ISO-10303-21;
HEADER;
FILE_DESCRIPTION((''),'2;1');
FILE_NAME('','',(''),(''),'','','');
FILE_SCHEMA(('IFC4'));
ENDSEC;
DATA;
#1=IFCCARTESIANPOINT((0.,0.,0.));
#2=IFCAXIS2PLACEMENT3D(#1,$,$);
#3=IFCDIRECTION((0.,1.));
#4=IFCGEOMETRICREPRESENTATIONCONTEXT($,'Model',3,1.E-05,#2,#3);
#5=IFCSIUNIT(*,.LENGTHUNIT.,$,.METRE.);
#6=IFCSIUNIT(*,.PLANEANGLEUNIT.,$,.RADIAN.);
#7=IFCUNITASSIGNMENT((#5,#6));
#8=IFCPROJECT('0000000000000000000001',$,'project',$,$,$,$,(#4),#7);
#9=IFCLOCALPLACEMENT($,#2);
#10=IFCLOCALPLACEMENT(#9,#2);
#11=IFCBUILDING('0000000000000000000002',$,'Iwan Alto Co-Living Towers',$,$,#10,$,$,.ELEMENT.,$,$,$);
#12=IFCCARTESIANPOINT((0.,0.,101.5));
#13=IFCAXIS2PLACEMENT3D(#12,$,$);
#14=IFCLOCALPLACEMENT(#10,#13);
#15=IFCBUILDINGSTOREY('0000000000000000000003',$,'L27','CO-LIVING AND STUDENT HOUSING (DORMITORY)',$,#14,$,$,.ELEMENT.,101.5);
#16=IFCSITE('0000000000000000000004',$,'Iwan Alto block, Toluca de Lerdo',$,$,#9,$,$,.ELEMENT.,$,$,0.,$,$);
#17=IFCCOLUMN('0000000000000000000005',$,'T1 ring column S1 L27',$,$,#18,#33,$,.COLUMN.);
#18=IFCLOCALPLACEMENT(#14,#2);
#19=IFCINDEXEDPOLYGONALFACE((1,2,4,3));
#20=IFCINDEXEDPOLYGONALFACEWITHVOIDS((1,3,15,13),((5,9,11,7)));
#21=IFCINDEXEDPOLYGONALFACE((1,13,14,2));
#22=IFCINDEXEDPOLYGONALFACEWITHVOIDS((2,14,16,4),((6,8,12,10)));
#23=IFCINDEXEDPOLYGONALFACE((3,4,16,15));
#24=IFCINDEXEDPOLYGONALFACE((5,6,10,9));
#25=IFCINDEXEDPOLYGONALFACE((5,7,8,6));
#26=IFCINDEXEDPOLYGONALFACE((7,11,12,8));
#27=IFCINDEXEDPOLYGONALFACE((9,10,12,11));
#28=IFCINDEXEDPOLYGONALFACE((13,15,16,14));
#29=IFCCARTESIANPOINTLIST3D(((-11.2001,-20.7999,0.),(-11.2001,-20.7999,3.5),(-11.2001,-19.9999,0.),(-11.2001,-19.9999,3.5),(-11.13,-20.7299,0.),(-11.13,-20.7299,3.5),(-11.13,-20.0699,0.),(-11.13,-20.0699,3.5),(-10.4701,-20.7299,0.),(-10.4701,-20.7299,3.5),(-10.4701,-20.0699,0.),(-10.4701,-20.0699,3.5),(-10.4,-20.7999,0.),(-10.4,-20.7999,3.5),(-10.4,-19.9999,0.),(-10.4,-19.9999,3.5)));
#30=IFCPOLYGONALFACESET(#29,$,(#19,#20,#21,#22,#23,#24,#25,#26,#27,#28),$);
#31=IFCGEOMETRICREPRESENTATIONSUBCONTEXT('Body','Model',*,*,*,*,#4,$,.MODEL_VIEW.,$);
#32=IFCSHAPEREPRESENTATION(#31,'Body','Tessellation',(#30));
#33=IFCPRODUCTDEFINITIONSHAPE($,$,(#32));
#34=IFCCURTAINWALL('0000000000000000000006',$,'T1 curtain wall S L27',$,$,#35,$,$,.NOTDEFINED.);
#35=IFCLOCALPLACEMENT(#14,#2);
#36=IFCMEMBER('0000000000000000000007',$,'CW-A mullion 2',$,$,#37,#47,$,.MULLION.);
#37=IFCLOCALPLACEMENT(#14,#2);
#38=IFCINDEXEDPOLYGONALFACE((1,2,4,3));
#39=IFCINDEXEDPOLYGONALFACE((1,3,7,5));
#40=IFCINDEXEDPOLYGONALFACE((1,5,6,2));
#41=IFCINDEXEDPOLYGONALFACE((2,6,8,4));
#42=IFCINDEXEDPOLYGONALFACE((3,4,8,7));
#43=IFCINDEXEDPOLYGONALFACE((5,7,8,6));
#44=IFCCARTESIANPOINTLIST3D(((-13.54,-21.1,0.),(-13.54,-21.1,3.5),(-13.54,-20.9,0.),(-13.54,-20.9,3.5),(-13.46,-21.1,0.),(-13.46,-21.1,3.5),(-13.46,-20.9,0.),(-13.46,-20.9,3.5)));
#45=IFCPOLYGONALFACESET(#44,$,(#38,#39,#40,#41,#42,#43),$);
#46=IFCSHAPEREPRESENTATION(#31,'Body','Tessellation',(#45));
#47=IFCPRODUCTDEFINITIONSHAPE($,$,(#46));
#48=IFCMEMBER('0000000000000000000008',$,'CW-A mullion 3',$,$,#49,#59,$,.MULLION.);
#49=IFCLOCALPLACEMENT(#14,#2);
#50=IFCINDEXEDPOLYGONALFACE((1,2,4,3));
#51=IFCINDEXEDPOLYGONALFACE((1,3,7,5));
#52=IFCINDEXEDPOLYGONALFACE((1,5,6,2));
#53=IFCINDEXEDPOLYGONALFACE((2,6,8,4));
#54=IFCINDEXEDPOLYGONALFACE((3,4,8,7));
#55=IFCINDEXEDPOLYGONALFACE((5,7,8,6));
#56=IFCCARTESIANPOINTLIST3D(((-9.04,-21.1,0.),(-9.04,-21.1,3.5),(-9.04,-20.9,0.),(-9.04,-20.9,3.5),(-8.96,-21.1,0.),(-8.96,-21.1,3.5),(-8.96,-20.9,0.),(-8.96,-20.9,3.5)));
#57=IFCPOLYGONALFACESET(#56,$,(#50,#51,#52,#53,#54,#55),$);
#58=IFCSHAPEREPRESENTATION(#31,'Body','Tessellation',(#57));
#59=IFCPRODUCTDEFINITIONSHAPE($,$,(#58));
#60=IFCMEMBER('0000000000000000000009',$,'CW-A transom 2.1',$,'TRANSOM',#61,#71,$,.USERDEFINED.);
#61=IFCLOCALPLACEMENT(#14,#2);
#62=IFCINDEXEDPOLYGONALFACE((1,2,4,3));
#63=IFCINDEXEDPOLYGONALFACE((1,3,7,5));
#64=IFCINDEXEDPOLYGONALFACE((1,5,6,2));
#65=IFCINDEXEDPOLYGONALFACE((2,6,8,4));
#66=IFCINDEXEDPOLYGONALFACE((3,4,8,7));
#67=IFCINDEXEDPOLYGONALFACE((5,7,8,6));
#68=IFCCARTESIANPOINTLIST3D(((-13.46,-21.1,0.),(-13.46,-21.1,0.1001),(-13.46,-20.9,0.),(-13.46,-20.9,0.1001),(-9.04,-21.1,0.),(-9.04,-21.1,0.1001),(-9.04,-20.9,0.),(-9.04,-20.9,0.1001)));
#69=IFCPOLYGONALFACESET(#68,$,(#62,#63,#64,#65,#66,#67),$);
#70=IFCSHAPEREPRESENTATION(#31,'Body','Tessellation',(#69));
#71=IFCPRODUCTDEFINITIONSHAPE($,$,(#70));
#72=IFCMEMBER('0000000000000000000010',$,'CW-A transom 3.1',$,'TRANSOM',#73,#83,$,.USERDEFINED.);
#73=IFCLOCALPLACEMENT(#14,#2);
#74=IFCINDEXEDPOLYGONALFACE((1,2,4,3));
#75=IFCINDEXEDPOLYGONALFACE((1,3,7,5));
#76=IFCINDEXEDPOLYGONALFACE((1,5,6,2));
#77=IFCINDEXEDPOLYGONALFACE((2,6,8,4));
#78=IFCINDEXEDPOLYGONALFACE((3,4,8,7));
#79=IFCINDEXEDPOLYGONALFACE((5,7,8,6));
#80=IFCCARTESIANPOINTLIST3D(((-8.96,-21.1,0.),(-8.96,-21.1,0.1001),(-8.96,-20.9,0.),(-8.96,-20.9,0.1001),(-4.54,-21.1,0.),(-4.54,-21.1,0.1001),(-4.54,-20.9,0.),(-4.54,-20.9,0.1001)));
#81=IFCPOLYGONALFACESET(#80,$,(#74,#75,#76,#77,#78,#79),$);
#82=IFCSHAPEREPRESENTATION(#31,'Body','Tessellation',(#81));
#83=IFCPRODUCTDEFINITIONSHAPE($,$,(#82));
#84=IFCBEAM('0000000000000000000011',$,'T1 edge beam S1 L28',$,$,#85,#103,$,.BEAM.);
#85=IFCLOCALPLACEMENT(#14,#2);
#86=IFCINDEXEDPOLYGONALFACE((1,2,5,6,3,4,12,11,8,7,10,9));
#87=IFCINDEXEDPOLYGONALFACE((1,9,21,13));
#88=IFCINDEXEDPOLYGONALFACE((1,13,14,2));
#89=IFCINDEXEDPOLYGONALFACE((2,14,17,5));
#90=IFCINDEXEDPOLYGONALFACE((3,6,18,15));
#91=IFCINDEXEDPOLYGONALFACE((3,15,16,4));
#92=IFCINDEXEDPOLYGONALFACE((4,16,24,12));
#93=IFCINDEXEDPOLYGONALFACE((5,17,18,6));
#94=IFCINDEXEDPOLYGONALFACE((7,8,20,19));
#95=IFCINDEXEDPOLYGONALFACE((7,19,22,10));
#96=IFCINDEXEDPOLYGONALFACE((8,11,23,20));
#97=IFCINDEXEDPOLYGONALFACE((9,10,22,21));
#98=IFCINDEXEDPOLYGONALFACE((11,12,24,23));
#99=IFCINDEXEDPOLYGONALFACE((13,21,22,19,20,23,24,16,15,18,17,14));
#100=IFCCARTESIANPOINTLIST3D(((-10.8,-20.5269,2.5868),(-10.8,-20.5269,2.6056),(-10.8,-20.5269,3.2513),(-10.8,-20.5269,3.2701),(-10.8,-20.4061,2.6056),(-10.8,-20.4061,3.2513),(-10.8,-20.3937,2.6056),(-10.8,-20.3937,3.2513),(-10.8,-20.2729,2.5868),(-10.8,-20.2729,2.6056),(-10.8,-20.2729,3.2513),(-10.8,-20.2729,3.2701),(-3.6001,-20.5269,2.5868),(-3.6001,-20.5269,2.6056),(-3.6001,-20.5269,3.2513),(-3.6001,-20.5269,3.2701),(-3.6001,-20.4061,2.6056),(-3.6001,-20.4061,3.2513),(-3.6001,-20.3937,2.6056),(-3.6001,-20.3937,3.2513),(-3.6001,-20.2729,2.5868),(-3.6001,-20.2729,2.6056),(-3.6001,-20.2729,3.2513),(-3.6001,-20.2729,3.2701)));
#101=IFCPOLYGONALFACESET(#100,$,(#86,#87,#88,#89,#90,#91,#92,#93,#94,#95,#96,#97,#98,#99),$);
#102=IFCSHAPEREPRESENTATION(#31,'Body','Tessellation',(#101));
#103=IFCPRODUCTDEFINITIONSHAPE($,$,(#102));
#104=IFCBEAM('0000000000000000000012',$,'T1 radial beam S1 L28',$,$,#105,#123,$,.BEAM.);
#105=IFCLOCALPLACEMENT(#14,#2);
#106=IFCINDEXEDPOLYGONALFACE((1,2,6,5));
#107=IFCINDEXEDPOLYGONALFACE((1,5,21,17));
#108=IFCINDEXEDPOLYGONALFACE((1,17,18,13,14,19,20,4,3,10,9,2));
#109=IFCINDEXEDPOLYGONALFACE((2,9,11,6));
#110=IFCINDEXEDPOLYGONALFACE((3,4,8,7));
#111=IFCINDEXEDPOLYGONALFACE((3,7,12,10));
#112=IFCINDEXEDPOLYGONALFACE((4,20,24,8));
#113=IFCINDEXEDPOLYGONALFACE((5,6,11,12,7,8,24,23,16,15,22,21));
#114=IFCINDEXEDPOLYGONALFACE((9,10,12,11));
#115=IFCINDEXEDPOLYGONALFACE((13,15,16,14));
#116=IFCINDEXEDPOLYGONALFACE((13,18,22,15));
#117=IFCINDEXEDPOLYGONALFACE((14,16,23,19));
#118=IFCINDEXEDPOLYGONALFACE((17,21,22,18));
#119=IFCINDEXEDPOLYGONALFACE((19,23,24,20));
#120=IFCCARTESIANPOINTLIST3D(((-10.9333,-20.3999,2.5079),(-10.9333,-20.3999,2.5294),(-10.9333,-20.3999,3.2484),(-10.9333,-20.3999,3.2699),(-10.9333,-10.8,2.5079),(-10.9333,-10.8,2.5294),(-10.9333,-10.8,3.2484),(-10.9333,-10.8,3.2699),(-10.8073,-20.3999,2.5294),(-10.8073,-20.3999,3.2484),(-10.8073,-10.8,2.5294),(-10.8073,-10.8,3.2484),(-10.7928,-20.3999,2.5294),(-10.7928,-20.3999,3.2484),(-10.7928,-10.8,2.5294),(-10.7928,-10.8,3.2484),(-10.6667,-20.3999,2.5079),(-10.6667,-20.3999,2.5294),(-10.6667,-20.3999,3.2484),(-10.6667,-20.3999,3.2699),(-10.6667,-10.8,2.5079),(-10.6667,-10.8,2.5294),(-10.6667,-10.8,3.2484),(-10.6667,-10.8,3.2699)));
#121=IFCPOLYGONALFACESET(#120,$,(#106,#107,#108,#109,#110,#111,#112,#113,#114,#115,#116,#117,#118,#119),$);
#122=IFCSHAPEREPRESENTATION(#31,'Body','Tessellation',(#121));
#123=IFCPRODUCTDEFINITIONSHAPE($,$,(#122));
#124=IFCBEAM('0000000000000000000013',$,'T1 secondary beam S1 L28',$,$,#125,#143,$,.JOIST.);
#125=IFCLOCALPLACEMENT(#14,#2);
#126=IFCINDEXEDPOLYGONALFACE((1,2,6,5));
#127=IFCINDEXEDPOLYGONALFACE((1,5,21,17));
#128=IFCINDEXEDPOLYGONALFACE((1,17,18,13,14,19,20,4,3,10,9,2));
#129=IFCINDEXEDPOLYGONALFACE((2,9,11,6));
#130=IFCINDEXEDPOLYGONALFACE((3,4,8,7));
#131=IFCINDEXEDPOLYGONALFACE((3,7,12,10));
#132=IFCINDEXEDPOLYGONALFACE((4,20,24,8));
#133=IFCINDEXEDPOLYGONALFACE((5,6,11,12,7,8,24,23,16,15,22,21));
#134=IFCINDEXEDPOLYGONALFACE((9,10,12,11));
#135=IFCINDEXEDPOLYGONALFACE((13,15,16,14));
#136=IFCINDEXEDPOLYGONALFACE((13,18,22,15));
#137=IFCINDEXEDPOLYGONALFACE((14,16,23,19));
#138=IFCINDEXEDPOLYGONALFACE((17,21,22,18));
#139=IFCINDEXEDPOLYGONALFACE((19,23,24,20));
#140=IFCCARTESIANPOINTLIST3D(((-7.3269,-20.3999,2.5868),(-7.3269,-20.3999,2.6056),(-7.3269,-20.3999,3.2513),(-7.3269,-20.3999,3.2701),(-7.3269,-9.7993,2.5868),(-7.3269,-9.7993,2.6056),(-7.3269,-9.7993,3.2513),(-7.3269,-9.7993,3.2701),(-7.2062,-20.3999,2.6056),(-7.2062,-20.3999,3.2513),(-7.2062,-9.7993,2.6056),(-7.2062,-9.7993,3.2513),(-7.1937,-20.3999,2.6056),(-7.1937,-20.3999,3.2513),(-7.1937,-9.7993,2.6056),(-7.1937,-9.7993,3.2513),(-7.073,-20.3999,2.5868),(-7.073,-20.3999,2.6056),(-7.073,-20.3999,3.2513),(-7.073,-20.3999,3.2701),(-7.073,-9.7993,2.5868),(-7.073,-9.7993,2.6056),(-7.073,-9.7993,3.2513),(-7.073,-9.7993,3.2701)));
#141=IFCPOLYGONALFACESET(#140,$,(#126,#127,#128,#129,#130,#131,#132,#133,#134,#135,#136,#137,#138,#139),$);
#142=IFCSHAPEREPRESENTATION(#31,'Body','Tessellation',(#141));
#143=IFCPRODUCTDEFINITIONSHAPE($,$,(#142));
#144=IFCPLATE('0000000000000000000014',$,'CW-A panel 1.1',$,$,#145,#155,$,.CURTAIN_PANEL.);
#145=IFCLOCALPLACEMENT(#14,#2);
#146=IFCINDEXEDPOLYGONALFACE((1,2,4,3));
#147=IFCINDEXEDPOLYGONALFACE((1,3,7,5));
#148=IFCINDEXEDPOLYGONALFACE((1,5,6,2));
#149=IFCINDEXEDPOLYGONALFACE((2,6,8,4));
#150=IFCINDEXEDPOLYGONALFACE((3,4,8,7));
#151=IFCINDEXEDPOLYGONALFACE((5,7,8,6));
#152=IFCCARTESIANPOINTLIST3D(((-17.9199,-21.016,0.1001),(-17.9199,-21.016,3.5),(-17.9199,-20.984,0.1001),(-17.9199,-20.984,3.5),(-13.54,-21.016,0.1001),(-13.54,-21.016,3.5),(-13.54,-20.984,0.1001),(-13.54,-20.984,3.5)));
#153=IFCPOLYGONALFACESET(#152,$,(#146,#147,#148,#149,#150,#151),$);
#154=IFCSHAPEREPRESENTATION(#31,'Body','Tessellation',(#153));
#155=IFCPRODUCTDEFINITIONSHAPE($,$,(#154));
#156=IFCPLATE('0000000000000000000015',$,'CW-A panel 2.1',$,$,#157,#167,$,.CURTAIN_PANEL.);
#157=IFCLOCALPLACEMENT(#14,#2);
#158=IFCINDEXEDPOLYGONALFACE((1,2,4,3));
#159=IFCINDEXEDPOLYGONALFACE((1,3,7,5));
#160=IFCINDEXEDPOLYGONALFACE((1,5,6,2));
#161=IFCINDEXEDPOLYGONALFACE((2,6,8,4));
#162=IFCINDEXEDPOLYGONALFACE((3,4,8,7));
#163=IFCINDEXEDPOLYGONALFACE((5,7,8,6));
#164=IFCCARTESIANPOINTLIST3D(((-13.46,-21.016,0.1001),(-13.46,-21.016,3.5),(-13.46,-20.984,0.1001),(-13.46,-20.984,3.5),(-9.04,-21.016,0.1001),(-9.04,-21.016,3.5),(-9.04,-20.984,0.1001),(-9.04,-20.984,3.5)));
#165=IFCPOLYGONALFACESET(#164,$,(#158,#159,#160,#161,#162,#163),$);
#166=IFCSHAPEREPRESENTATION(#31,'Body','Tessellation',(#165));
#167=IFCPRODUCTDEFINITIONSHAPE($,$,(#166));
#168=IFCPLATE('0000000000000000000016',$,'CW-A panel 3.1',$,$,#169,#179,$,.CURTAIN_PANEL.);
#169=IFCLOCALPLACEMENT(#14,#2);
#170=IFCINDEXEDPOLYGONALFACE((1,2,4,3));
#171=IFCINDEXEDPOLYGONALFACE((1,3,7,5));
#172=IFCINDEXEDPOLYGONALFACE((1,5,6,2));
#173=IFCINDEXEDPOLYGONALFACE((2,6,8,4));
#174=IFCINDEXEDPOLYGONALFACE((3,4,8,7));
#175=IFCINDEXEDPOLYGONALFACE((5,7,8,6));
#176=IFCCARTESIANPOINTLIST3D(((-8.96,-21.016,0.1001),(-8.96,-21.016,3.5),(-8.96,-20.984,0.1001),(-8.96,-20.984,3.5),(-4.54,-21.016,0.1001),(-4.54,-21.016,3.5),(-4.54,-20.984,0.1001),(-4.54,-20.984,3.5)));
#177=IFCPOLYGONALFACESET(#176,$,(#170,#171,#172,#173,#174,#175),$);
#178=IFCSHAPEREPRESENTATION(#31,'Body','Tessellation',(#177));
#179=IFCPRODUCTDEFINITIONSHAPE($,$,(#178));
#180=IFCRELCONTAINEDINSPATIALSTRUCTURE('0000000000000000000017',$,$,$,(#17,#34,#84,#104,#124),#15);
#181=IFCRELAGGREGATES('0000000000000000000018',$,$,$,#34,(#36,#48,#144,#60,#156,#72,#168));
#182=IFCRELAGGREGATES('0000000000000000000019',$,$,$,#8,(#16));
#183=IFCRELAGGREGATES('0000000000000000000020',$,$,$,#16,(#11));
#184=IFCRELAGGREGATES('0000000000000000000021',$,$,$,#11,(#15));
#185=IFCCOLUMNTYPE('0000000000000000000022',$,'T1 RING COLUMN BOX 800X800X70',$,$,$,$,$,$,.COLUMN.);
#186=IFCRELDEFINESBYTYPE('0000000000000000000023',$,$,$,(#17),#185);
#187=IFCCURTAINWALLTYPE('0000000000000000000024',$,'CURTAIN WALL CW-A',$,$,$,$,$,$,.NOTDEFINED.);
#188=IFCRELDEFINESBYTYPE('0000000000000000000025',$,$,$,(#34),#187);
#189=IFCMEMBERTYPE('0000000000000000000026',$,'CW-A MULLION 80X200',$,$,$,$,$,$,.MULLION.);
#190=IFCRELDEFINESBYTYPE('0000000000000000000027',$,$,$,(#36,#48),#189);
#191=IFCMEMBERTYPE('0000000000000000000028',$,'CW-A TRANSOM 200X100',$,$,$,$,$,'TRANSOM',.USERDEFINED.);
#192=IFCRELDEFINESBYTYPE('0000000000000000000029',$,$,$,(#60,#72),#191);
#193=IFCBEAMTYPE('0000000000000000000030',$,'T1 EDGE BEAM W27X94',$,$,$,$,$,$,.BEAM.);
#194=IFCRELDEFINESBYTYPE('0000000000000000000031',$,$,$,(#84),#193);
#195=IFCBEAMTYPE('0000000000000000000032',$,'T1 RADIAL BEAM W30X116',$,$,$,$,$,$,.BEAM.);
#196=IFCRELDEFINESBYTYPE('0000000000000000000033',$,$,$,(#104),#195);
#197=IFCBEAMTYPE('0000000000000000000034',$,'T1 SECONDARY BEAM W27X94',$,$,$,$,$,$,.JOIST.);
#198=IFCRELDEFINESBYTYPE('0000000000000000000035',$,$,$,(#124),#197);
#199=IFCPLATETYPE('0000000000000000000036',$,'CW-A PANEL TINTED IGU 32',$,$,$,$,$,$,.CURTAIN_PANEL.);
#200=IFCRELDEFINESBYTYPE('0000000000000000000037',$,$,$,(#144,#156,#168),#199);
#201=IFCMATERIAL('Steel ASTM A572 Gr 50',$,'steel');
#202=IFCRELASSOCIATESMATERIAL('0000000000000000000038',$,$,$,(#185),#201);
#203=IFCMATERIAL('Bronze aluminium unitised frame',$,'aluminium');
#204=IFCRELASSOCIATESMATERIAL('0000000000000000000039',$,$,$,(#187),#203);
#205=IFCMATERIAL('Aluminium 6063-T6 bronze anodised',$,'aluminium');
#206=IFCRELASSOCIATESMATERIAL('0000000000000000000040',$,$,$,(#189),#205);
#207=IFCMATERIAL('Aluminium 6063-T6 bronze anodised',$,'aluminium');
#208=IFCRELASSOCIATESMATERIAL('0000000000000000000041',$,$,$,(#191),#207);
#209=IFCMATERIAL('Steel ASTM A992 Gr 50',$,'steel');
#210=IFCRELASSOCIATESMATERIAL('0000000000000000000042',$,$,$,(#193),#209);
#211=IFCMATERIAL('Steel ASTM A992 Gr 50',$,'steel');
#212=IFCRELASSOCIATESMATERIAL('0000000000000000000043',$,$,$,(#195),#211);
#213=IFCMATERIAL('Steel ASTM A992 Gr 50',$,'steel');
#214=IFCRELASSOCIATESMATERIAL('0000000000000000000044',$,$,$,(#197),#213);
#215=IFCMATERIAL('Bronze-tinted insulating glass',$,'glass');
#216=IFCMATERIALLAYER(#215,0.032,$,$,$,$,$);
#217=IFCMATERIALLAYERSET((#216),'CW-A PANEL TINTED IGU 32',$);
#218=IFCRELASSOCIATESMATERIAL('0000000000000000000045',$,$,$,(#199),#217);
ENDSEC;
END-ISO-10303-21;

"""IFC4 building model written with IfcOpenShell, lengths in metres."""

from ifc_helpers import new_model, si_unit, direction, frame, origin, origin_2d, place, context, subcontext, project, spatial, rectangle, hollow_rectangle, i_section, extrude, material, layer, layer_set, material_profile, profile_set, type_object, element, aggregate, save


model = new_model("IFC4")

# Units and contexts
model_context = context("Model", 3, precision=1e-05, world=origin(), true_north=direction((0.0, 1.0)))
body_context = subcontext(model_context, "Body", "Model", "MODEL_VIEW")
ifc_project = project(units=[si_unit("LENGTHUNIT", "METRE"), si_unit("PLANEANGLEUNIT", "RADIAN")], contexts=[model_context])

# Site, building, storey
site_placement = place(None, origin())
site = spatial("IfcSite", under=ifc_project, at=site_placement, Name="Iwan Alto block, Toluca de Lerdo", CompositionType="ELEMENT", RefElevation=0.0)
building_placement = place(site_placement, origin())
building = spatial("IfcBuilding", under=site, at=building_placement, Name="Iwan Alto Co-Living Towers", CompositionType="ELEMENT")
storey_placement = place(building_placement, frame((0.0, 0.0, 101.5)))
storey = spatial("IfcBuildingStorey", under=building, at=storey_placement, Name="L27", Description="CO-LIVING AND STUDENT HOUSING (DORMITORY)", CompositionType="ELEMENT", Elevation=101.5)

# Column
ifc_material_1 = material(Name="Steel ASTM A572 Gr 50", Category="steel")
ifc_material_profile_1 = material_profile(ifc_material_1, hollow_rectangle(XDim=0.8, YDim=0.8, WallThickness=0.0701, at=origin_2d()), Name="BOX 800X800X70")
ifc_profile_set_1 = profile_set([ifc_material_profile_1], Name="Steel ASTM A572 Gr 50")
column_type = type_object("IfcColumnType", Name="T1 RING COLUMN BOX 800X800X70", PredefinedType="COLUMN", material=ifc_profile_set_1)
column_placement = place(storey_placement, frame((-10.8, -20.3999, 0.0), z_axis=(0.0, 0.0, 1.0), x_axis=(1.0, 0.0, 0.0)))
element("IfcColumn", 1, at=column_placement, inside=storey, type_object=column_type, Name="T1 ring column S1 L27", PredefinedType="COLUMN", context=body_context, shape_type="SweptSolid", body=[
    extrude(hollow_rectangle(XDim=0.8, YDim=0.8, WallThickness=0.0701, at=origin_2d()), origin(), (0.0, 0.0, 1.0), 3.5),
])

# Curtain wall, members
ifc_material_2 = material(Name="Bronze aluminium unitised frame", Category="aluminium")
curtain_wall_type = type_object("IfcCurtainWallType", Name="CURTAIN WALL CW-A", PredefinedType="NOTDEFINED", material=ifc_material_2)
curtain_wall_placement = place(storey_placement, origin())
curtain_wall = element("IfcCurtainWall", 2, at=curtain_wall_placement, inside=storey, type_object=curtain_wall_type, Name="T1 curtain wall S L27", PredefinedType="NOTDEFINED")
ifc_material_3 = material(Name="Aluminium 6063-T6 bronze anodised", Category="aluminium")
ifc_material_profile_2 = material_profile(ifc_material_3, rectangle(XDim=0.2, YDim=0.0801, at=origin_2d()), Name="AL 80X200")
ifc_profile_set_2 = profile_set([ifc_material_profile_2], Name="Aluminium 6063-T6 bronze anodised")
member_type_1 = type_object("IfcMemberType", Name="CW-A MULLION 80X200", PredefinedType="MULLION", material=ifc_profile_set_2)
member_1_placement = place(storey_placement, frame((-13.5, -21.0, 0.0), z_axis=(0.0, 0.0, 1.0), x_axis=(0.0, 1.0, 0.0)))
member_1 = element("IfcMember", 3, at=member_1_placement, type_object=member_type_1, Name="CW-A mullion 2", PredefinedType="MULLION", context=body_context, shape_type="SweptSolid", body=[
    extrude(rectangle(XDim=0.2, YDim=0.0801, at=origin_2d()), origin(), (0.0, 0.0, 1.0), 3.5),
])
member_2_placement = place(storey_placement, frame((-9.0, -21.0, 0.0), z_axis=(0.0, 0.0, 1.0), x_axis=(0.0, 1.0, 0.0)))
member_2 = element("IfcMember", 4, at=member_2_placement, type_object=member_type_1, Name="CW-A mullion 3", PredefinedType="MULLION", context=body_context, shape_type="SweptSolid", body=[
    extrude(rectangle(XDim=0.2, YDim=0.0801, at=origin_2d()), origin(), (0.0, 0.0, 1.0), 3.5),
])
ifc_material_4 = material(Name="Aluminium 6063-T6 bronze anodised", Category="aluminium")
ifc_material_profile_3 = material_profile(ifc_material_4, rectangle(XDim=0.2, YDim=0.1001, at=origin_2d()), Name="AL 200X100")
ifc_profile_set_3 = profile_set([ifc_material_profile_3], Name="Aluminium 6063-T6 bronze anodised")
member_type_2 = type_object("IfcMemberType", Name="CW-A TRANSOM 200X100", ElementType="TRANSOM", PredefinedType="USERDEFINED", material=ifc_profile_set_3)
member_3_placement = place(storey_placement, frame((-13.46, -21.0, 0.05), z_axis=(1.0, 0.0, 0.0), x_axis=(0.0, 1.0, 0.0)))
member_3 = element("IfcMember", 5, at=member_3_placement, type_object=member_type_2, Name="CW-A transom 2.1", ObjectType="TRANSOM", PredefinedType="USERDEFINED", context=body_context, shape_type="SweptSolid", body=[
    extrude(rectangle(XDim=0.2, YDim=0.1001, at=origin_2d()), origin(), (0.0, 0.0, 1.0), 4.4199),
])
member_4_placement = place(storey_placement, frame((-8.96, -21.0, 0.05), z_axis=(1.0, 0.0, 0.0), x_axis=(0.0, 1.0, 0.0)))
member_4 = element("IfcMember", 6, at=member_4_placement, type_object=member_type_2, Name="CW-A transom 3.1", ObjectType="TRANSOM", PredefinedType="USERDEFINED", context=body_context, shape_type="SweptSolid", body=[
    extrude(rectangle(XDim=0.2, YDim=0.1001, at=origin_2d()), origin(), (0.0, 0.0, 1.0), 4.4199),
])

# Beams
ifc_material_5 = material(Name="Steel ASTM A992 Gr 50", Category="steel")
ifc_material_profile_4 = material_profile(ifc_material_5, i_section(OverallWidth=0.2539, OverallDepth=0.6833, WebThickness=0.0125, FlangeThickness=0.0188, at=origin_2d()), Name="W27X94")
ifc_profile_set_4 = profile_set([ifc_material_profile_4], Name="Steel ASTM A992 Gr 50")
beam_type_1 = type_object("IfcBeamType", Name="T1 EDGE BEAM W27X94", PredefinedType="BEAM", material=ifc_profile_set_4)
beam_1_placement = place(storey_placement, frame((-10.8, -20.3999, 2.9285), z_axis=(1.0, 0.0, 0.0), x_axis=(0.0, 1.0, 0.0)))
element("IfcBeam", 7, at=beam_1_placement, inside=storey, type_object=beam_type_1, Name="T1 edge beam S1 L28", PredefinedType="BEAM", context=body_context, shape_type="SweptSolid", body=[
    extrude(i_section(OverallWidth=0.2539, OverallDepth=0.6833, WebThickness=0.0125, FlangeThickness=0.0188, at=origin_2d()), origin(), (0.0, 0.0, 1.0), 7.2),
])
ifc_material_6 = material(Name="Steel ASTM A992 Gr 50", Category="steel")
ifc_material_profile_5 = material_profile(ifc_material_6, i_section(OverallWidth=0.2666, OverallDepth=0.762, WebThickness=0.0144, FlangeThickness=0.0215, at=origin_2d()), Name="W30X116")
ifc_profile_set_5 = profile_set([ifc_material_profile_5], Name="Steel ASTM A992 Gr 50")
beam_type_2 = type_object("IfcBeamType", Name="T1 RADIAL BEAM W30X116", PredefinedType="BEAM", material=ifc_profile_set_5)
beam_2_placement = place(storey_placement, frame((-10.8, -20.3999, 2.8889), z_axis=(0.0, 1.0, 0.0), x_axis=(-1.0, 0.0, 0.0)))
element("IfcBeam", 8, at=beam_2_placement, inside=storey, type_object=beam_type_2, Name="T1 radial beam S1 L28", PredefinedType="BEAM", context=body_context, shape_type="SweptSolid", body=[
    extrude(i_section(OverallWidth=0.2666, OverallDepth=0.762, WebThickness=0.0144, FlangeThickness=0.0215, at=origin_2d()), origin(), (0.0, 0.0, 1.0), 9.5999),
])
ifc_material_7 = material(Name="Steel ASTM A992 Gr 50", Category="steel")
ifc_material_profile_6 = material_profile(ifc_material_7, i_section(OverallWidth=0.2539, OverallDepth=0.6833, WebThickness=0.0125, FlangeThickness=0.0188, at=origin_2d()), Name="W27X94")
ifc_profile_set_6 = profile_set([ifc_material_profile_6], Name="Steel ASTM A992 Gr 50")
beam_type_3 = type_object("IfcBeamType", Name="T1 SECONDARY BEAM W27X94", PredefinedType="JOIST", material=ifc_profile_set_6)
beam_3_placement = place(storey_placement, frame((-7.2, -20.3999, 2.9285), z_axis=(0.0, 1.0, 0.0), x_axis=(-1.0, 0.0, 0.0)))
element("IfcBeam", 9, at=beam_3_placement, inside=storey, type_object=beam_type_3, Name="T1 secondary beam S1 L28", PredefinedType="JOIST", context=body_context, shape_type="SweptSolid", body=[
    extrude(i_section(OverallWidth=0.2539, OverallDepth=0.6833, WebThickness=0.0125, FlangeThickness=0.0188, at=origin_2d()), origin(), (0.0, 0.0, 1.0), 10.6006),
])

# Plates
ifc_material_8 = material(Name="Bronze-tinted insulating glass", Category="glass")
ifc_layer_1 = layer(ifc_material_8, 0.032)
ifc_layer_set_1 = layer_set([ifc_layer_1], Name="CW-A PANEL TINTED IGU 32")
plate_type = type_object("IfcPlateType", Name="CW-A PANEL TINTED IGU 32", PredefinedType="CURTAIN_PANEL", material=ifc_layer_set_1)
plate_1_placement = place(storey_placement, frame((-15.73, -21.0, 0.1001), z_axis=(0.0, 0.0, 1.0), x_axis=(1.0, 0.0, 0.0)))
plate_1 = element("IfcPlate", 10, at=plate_1_placement, type_object=plate_type, Name="CW-A panel 1.1", PredefinedType="CURTAIN_PANEL", context=body_context, shape_type="SweptSolid", body=[
    extrude(rectangle(XDim=4.3799, YDim=0.032, at=origin_2d()), origin(), (0.0, 0.0, 1.0), 3.3999),
])
plate_2_placement = place(storey_placement, frame((-11.25, -21.0, 0.1001), z_axis=(0.0, 0.0, 1.0), x_axis=(1.0, 0.0, 0.0)))
plate_2 = element("IfcPlate", 11, at=plate_2_placement, type_object=plate_type, Name="CW-A panel 2.1", PredefinedType="CURTAIN_PANEL", context=body_context, shape_type="SweptSolid", body=[
    extrude(rectangle(XDim=4.4199, YDim=0.032, at=origin_2d()), origin(), (0.0, 0.0, 1.0), 3.3999),
])
plate_3_placement = place(storey_placement, frame((-6.75, -21.0, 0.1001), z_axis=(0.0, 0.0, 1.0), x_axis=(1.0, 0.0, 0.0)))
plate_3 = element("IfcPlate", 12, at=plate_3_placement, type_object=plate_type, Name="CW-A panel 3.1", PredefinedType="CURTAIN_PANEL", context=body_context, shape_type="SweptSolid", body=[
    extrude(rectangle(XDim=4.4199, YDim=0.032, at=origin_2d()), origin(), (0.0, 0.0, 1.0), 3.3999),
])
aggregate(curtain_wall, [member_1, member_2, plate_1, member_3, plate_2, member_4, plate_3])

save(model, "model.ifc")
